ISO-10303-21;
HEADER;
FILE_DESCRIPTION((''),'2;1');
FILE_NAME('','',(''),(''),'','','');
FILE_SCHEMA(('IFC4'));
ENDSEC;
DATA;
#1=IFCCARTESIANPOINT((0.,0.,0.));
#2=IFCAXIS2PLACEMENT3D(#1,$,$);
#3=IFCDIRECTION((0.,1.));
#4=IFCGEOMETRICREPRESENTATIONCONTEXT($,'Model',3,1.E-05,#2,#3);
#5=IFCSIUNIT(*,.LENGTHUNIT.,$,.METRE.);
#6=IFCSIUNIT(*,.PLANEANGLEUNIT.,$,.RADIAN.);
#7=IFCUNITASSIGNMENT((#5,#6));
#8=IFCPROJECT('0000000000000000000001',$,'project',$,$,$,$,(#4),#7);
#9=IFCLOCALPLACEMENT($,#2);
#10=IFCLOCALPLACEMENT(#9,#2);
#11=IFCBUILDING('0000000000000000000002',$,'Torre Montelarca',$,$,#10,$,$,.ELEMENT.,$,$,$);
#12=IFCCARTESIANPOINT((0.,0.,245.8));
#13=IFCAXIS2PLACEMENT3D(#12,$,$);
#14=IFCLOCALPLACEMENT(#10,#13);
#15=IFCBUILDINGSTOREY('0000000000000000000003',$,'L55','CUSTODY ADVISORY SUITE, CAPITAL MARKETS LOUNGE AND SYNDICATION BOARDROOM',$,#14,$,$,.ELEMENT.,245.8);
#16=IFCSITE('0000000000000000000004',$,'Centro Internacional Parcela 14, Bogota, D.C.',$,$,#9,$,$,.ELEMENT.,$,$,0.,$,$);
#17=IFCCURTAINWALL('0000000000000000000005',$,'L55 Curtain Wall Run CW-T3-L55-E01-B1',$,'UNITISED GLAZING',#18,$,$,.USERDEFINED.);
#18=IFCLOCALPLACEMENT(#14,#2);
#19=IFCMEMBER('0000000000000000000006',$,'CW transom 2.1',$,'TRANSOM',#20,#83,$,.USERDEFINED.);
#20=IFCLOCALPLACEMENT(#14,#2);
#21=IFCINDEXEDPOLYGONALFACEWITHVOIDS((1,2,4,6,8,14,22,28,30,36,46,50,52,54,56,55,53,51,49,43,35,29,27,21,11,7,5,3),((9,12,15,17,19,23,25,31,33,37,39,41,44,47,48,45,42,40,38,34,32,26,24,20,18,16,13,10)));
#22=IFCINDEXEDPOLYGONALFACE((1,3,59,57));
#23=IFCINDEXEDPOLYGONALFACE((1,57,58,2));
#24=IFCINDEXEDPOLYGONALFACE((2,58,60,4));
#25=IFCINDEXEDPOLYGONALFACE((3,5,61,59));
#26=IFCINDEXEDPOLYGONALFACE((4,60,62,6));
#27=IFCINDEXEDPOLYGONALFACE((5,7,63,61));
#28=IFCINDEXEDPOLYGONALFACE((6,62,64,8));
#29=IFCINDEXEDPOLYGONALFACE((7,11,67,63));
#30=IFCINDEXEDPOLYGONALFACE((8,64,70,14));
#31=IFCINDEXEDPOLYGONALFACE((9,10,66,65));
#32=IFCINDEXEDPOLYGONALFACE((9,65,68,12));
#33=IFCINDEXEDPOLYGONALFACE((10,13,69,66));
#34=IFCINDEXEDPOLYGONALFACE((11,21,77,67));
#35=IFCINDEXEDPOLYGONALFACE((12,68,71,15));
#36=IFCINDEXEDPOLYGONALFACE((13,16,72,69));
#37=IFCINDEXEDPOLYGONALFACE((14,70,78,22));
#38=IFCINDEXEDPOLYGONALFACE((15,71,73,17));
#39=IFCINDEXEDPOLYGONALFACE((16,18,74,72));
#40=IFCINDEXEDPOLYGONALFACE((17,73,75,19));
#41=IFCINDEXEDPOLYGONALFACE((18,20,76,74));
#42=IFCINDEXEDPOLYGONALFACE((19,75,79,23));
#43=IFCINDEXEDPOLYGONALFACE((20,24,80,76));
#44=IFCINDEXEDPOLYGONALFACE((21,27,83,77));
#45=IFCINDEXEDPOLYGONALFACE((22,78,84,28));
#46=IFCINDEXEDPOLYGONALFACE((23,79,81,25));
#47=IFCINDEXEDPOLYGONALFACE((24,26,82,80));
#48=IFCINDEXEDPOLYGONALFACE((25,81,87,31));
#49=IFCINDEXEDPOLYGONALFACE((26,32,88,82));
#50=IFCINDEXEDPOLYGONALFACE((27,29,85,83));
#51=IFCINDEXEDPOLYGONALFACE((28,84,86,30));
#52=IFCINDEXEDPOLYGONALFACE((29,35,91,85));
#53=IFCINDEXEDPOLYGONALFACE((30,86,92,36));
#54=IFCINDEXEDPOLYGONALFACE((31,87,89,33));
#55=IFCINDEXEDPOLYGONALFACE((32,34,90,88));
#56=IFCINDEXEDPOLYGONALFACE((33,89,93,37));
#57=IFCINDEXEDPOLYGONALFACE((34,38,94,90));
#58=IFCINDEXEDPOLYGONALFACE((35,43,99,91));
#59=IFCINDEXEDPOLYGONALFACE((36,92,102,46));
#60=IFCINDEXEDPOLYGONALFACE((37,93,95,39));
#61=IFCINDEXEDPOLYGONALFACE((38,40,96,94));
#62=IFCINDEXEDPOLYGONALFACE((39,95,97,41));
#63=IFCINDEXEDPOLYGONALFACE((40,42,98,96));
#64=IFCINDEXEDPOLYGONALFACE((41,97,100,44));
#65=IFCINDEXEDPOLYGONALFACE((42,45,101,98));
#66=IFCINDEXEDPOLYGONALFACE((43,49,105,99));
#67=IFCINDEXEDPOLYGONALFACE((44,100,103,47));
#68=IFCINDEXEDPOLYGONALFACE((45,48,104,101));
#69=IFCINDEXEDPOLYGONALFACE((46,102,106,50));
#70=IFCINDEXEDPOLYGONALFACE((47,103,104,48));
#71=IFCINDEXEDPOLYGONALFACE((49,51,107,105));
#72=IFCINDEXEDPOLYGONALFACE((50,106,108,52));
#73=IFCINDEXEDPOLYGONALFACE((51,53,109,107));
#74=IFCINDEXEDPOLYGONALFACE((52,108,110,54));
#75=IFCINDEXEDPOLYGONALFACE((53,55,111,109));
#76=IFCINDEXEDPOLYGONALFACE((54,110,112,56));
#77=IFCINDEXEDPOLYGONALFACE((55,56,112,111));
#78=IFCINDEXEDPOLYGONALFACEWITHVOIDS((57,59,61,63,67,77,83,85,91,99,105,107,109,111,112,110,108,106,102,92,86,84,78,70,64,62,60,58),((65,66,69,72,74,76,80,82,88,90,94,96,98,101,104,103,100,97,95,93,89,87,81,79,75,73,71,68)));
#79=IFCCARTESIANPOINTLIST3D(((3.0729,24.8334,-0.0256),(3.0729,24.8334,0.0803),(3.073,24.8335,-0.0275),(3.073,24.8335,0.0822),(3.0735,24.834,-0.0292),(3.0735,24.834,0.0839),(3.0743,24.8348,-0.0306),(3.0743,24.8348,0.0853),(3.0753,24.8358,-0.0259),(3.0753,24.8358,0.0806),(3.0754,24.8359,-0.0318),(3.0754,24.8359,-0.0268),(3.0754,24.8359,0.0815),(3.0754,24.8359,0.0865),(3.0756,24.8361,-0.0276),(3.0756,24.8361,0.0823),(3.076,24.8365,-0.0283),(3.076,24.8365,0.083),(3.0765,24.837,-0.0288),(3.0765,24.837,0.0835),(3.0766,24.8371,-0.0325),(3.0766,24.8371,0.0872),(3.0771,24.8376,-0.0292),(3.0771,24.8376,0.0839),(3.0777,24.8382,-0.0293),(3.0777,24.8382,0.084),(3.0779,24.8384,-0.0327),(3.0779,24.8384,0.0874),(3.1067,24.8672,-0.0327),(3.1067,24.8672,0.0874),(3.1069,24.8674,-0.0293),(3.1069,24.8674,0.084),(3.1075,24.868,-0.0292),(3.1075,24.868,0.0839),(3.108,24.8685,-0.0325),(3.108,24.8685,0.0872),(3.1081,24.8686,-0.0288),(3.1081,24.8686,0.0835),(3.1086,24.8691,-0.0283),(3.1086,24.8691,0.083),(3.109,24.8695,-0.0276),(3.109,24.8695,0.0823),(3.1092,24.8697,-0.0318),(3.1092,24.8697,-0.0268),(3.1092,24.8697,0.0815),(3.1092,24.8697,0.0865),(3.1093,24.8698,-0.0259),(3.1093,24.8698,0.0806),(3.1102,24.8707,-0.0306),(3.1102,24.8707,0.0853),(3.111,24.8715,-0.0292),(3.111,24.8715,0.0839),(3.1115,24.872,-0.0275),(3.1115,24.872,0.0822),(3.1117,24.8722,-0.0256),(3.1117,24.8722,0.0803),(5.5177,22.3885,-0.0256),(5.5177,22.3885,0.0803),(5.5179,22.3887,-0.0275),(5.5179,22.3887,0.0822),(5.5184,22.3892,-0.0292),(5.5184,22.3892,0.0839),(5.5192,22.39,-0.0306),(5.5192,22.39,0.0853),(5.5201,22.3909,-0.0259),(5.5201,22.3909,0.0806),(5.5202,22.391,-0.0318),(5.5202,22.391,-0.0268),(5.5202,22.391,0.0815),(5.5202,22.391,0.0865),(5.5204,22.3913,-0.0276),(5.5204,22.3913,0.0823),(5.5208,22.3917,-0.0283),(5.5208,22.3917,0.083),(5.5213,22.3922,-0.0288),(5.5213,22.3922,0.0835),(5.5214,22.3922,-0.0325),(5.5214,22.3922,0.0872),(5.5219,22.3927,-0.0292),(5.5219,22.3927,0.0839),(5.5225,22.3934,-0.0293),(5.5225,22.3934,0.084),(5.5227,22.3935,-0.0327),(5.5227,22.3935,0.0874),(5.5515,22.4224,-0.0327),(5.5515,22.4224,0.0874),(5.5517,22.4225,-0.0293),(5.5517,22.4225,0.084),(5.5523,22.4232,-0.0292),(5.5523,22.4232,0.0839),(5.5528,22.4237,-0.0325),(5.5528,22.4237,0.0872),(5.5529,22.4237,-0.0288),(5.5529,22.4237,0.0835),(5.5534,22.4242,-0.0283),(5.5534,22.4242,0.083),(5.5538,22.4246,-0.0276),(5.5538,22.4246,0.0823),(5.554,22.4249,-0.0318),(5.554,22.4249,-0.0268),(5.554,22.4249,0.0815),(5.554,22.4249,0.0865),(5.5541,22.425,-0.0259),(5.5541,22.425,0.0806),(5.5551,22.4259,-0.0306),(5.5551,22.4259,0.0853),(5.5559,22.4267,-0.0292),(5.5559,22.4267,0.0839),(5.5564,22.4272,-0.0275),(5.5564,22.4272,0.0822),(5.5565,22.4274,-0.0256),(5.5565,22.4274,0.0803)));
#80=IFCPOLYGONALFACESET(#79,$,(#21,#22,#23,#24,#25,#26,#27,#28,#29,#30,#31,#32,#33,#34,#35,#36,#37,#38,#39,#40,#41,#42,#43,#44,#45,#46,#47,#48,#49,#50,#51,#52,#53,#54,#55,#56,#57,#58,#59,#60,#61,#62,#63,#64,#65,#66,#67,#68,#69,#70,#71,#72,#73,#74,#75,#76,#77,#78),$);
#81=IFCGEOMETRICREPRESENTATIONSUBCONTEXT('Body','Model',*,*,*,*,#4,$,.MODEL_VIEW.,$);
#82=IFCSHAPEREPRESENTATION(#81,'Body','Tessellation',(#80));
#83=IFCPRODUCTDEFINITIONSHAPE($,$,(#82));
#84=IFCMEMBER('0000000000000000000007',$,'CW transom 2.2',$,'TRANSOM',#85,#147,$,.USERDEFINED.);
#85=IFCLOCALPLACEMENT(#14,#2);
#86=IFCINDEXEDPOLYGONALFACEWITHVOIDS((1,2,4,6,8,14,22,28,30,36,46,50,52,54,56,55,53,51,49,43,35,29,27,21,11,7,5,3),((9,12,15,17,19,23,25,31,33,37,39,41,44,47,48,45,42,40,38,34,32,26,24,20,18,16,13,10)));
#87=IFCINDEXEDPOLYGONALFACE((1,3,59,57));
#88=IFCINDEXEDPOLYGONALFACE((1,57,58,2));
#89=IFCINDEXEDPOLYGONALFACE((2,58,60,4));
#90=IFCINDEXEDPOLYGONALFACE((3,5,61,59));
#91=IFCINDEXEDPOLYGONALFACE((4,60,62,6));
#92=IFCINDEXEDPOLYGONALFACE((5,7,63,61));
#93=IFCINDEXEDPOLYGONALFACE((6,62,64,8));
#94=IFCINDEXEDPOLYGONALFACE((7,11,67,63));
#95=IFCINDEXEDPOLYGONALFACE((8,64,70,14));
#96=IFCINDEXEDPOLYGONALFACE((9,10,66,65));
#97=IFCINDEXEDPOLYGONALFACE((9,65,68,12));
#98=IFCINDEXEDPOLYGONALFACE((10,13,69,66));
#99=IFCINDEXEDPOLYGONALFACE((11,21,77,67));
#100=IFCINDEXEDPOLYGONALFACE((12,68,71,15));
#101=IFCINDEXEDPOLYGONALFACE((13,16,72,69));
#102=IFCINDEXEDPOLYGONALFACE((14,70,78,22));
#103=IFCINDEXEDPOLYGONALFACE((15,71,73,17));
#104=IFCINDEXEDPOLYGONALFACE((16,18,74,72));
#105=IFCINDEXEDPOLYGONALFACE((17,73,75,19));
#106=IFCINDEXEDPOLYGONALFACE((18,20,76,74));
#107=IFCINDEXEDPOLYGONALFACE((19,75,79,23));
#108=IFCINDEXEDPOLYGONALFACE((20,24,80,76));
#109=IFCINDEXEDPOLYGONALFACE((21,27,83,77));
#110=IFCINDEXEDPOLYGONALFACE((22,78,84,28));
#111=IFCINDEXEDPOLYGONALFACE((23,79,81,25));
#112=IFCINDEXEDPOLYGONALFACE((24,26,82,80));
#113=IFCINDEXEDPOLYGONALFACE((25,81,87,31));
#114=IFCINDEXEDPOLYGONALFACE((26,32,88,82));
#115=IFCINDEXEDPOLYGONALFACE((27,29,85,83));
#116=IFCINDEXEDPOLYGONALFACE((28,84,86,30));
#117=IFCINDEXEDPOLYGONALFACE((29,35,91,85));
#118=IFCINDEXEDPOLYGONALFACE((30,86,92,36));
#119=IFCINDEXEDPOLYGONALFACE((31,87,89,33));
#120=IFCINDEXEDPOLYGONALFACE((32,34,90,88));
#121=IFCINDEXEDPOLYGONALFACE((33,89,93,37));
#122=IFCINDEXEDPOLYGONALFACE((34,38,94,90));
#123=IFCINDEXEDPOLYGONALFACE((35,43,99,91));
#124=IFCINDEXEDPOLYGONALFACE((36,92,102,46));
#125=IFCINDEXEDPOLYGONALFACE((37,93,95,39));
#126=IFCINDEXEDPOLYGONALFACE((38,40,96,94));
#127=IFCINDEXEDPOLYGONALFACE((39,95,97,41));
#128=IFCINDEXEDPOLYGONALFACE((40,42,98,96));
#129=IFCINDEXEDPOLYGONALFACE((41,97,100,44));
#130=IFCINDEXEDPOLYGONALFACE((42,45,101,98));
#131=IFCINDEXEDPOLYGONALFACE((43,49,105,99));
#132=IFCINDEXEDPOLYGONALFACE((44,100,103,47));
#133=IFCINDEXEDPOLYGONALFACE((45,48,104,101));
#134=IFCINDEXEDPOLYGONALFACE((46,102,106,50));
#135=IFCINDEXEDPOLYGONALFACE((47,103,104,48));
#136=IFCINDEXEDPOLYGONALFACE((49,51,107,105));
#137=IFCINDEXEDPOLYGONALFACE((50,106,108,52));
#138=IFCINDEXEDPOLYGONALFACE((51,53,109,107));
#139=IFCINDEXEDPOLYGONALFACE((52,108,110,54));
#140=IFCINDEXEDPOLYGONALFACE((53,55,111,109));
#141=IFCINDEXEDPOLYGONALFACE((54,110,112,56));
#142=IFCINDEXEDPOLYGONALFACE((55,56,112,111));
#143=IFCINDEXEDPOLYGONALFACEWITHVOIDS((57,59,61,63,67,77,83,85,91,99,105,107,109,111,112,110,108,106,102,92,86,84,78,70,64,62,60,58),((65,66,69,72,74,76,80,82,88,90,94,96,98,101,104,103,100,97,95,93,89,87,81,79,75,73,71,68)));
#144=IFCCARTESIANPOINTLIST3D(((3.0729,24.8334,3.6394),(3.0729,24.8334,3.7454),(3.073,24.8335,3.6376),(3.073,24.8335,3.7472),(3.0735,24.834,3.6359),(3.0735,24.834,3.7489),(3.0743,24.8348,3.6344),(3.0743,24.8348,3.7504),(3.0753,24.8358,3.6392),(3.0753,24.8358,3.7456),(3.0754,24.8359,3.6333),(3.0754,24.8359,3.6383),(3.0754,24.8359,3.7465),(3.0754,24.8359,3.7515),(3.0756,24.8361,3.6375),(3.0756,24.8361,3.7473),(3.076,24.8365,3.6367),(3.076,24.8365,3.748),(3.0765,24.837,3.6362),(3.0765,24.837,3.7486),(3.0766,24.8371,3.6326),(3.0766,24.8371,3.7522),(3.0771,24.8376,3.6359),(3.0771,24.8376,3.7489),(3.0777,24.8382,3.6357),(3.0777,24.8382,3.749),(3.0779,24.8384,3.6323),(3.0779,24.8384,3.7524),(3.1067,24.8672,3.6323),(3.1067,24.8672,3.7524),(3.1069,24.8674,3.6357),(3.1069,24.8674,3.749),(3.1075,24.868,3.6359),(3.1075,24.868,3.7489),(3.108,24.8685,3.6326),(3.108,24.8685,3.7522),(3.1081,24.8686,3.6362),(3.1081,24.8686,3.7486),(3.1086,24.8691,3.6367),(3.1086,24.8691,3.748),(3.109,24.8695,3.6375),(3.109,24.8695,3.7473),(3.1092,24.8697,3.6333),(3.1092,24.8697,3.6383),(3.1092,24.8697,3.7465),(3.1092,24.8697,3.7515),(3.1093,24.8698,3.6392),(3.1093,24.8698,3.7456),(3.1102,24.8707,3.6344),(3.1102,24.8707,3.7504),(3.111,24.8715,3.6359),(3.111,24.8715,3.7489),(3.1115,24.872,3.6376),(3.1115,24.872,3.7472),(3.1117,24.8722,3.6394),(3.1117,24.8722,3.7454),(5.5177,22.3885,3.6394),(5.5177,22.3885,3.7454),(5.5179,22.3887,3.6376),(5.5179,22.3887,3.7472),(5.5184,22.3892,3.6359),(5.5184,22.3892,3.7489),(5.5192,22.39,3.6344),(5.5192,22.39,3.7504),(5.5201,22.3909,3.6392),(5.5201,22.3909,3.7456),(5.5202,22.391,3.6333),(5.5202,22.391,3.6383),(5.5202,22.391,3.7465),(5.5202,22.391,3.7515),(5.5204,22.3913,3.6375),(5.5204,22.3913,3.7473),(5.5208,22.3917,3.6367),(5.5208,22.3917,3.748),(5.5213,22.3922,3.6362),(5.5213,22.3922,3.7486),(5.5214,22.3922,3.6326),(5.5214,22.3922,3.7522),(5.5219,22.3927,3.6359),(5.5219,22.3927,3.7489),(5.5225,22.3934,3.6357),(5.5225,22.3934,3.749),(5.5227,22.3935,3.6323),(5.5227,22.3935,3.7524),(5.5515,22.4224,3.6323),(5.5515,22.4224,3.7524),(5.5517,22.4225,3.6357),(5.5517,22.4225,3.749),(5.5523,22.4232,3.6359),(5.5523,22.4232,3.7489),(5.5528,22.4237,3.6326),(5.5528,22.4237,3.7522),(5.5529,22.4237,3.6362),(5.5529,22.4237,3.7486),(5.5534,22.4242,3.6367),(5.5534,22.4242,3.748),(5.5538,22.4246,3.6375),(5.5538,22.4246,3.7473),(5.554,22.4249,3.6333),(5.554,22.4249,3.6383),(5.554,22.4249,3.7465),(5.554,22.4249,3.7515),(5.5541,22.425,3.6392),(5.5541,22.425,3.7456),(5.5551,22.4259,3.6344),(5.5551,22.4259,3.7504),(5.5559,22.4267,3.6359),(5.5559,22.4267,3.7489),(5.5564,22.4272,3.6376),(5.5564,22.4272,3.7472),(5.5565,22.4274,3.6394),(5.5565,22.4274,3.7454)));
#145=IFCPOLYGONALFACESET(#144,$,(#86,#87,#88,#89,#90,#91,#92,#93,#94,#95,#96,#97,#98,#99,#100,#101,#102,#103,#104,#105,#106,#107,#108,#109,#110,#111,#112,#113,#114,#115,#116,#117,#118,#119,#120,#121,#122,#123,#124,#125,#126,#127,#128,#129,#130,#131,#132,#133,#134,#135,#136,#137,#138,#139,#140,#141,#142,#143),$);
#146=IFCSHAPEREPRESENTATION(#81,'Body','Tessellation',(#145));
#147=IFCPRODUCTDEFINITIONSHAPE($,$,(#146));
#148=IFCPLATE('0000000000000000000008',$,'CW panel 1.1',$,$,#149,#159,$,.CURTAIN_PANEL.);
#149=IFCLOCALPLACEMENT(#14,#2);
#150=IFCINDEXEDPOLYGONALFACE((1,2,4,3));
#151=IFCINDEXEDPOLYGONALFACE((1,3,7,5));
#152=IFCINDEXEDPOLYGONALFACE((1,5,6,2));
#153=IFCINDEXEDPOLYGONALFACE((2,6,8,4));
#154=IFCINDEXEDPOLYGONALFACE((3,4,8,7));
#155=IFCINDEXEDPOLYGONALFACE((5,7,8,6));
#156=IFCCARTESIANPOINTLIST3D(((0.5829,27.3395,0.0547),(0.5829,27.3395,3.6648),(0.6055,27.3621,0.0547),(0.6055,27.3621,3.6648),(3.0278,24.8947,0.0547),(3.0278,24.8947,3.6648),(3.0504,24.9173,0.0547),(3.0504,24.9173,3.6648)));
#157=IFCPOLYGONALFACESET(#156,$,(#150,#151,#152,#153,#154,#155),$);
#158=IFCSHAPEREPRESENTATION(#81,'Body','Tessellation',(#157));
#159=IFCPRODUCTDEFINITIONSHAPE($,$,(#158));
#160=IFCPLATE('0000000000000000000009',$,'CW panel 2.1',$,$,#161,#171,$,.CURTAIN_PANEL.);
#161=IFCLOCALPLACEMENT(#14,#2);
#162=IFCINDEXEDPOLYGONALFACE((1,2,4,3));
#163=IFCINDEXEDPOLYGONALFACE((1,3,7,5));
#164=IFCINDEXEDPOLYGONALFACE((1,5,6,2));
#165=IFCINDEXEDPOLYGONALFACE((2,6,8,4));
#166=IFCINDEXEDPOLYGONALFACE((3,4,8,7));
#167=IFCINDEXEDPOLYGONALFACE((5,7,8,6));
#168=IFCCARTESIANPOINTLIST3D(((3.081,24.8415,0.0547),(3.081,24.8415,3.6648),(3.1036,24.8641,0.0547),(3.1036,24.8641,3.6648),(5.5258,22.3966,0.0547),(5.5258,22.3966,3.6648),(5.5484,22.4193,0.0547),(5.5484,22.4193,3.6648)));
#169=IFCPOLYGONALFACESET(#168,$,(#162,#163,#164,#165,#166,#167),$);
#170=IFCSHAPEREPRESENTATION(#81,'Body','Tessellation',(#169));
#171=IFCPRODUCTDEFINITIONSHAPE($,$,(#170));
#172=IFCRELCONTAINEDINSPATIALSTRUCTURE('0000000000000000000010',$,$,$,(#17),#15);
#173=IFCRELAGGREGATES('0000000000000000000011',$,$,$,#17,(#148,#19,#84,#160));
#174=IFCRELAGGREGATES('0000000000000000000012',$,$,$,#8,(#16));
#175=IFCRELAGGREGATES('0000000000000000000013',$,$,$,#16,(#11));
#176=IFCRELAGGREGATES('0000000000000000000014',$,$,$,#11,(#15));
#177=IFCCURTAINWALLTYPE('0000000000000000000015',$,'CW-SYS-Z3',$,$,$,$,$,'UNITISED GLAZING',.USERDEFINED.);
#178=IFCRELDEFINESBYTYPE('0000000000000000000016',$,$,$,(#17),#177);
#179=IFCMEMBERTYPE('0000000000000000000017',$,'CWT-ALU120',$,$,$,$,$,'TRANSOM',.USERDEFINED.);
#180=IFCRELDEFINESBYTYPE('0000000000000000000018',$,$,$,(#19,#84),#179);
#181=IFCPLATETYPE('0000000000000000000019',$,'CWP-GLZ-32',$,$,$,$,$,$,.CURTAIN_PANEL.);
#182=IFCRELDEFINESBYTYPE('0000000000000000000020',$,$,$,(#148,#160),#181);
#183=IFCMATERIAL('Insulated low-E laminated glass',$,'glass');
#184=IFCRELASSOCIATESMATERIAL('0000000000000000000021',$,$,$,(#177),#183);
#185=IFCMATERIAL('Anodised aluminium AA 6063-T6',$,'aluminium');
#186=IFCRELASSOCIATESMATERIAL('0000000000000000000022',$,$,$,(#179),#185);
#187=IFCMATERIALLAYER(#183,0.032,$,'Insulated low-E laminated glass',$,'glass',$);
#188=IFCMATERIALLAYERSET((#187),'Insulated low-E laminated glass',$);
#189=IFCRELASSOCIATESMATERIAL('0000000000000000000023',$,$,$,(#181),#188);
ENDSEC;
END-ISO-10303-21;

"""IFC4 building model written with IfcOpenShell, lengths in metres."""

from ifc_helpers import new_model, si_unit, direction, frame, origin, origin_2d, place, context, subcontext, project, spatial, rectangle, hollow_rectangle, extrude, source, transform, mapped, material, layer, layer_set, material_profile, profile_set, type_object, element, aggregate, save


model = new_model("IFC4")

# Units and contexts
model_context = context("Model", 3, precision=1e-05, world=origin(), true_north=direction((0.0, 1.0)))
body_context = subcontext(model_context, "Body", "Model", "MODEL_VIEW")
ifc_project = project(units=[si_unit("LENGTHUNIT", "METRE"), si_unit("PLANEANGLEUNIT", "RADIAN")], contexts=[model_context])

# Site, building, storey
site_placement = place(None, origin())
site = spatial("IfcSite", under=ifc_project, at=site_placement, Name="Centro Internacional Parcela 14, Bogota, D.C.", CompositionType="ELEMENT", RefElevation=0.0)
building_placement = place(site_placement, origin())
building = spatial("IfcBuilding", under=site, at=building_placement, Name="Torre Montelarca", CompositionType="ELEMENT")
storey_placement = place(building_placement, frame((0.0, 0.0, 245.8)))
storey = spatial("IfcBuildingStorey", under=building, at=storey_placement, Name="L55", Description="CUSTODY ADVISORY SUITE, CAPITAL MARKETS LOUNGE AND SYNDICATION BOARDROOM", CompositionType="ELEMENT", Elevation=245.8)

# Curtain wall
ifc_material_1 = material(Name="Insulated low-E laminated glass", Category="glass")
curtain_wall_type = type_object("IfcCurtainWallType", Name="CW-SYS-Z3", ElementType="UNITISED GLAZING", PredefinedType="USERDEFINED", material=ifc_material_1)
curtain_wall_1_placement = place(storey_placement, origin())
curtain_wall_1 = element("IfcCurtainWall", 1, at=curtain_wall_1_placement, inside=storey, type_object=curtain_wall_type, Name="L55 Curtain Wall Run CW-T3-L55-E01-B1", ObjectType="UNITISED GLAZING", PredefinedType="USERDEFINED")
ifc_material_2 = material(Name="Anodised aluminium AA 6063-T6", Category="aluminium")

# Members
ifc_material_profile_1 = material_profile(ifc_material_2, hollow_rectangle(XDim=0.0549, YDim=0.1201, WallThickness=0.0034, InnerFilletRadius=0.0034, OuterFilletRadius=0.0071, at=origin_2d()), Name="ALU55X120X3.5", Category="aluminium")
ifc_profile_set_1 = profile_set([ifc_material_profile_1], Name="Anodised aluminium AA 6063-T6")
member_type_1 = type_object("IfcMemberType", Name="CWT-ALU120", ElementType="TRANSOM", PredefinedType="USERDEFINED", material=ifc_profile_set_1)
shared_shape_1 = source(origin(), body_context, "Body", "SweptSolid", [
    extrude(hollow_rectangle(XDim=0.0549, YDim=0.1201, WallThickness=0.0034, InnerFilletRadius=0.0034, OuterFilletRadius=0.0071, at=origin_2d()), origin(), (0.0, 0.0, 1.0), 3.4575),
])
member_1_placement = place(storey_placement, frame((3.0923, 24.8528, 0.0273), z_axis=(0.707107, -0.707107, 0.0), x_axis=(0.707107, 0.707107, 0.0)))
member_1 = element("IfcMember", 2, at=member_1_placement, type_object=member_type_1, Name="CW transom 2.1", ObjectType="TRANSOM", PredefinedType="USERDEFINED", context=body_context, shape_type="MappedRepresentation", body=[
    mapped(shared_shape_1, transform((0.0, 0.0, 0.0), scale=1.0)),
])
member_2_placement = place(storey_placement, frame((3.0923, 24.8528, 3.6924), z_axis=(0.707107, -0.707107, 0.0), x_axis=(0.707107, 0.707107, 0.0)))
member_2 = element("IfcMember", 3, at=member_2_placement, type_object=member_type_1, Name="CW transom 2.2", ObjectType="TRANSOM", PredefinedType="USERDEFINED", context=body_context, shape_type="MappedRepresentation", body=[
    mapped(shared_shape_1, transform((0.0, 0.0, 0.0), scale=1.0)),
])

# Plates
ifc_layer_1 = layer(ifc_material_1, 0.032, Name="Insulated low-E laminated glass", Category="glass")
ifc_layer_set_1 = layer_set([ifc_layer_1], Name="Insulated low-E laminated glass")
plate_type = type_object("IfcPlateType", Name="CWP-GLZ-32", PredefinedType="CURTAIN_PANEL", material=ifc_layer_set_1)
shared_shape_2 = source(origin(), body_context, "Body", "SweptSolid", [
    extrude(rectangle(XDim=3.4575, YDim=0.032, at=origin_2d()), origin(), (0.0, 0.0, 1.0), 3.6101),
])
plate_1_placement = place(storey_placement, frame((1.8167, 26.1284, 0.0547), z_axis=(0.0, 0.0, 1.0), x_axis=(0.707107, -0.707107, 0.0)))
plate_1 = element("IfcPlate", 4, at=plate_1_placement, type_object=plate_type, Name="CW panel 1.1", PredefinedType="CURTAIN_PANEL", context=body_context, shape_type="MappedRepresentation", body=[
    mapped(shared_shape_2, transform((0.0, 0.0, 0.0), scale=1.0)),
])
plate_2_placement = place(storey_placement, frame((4.3147, 23.6304, 0.0547), z_axis=(0.0, 0.0, 1.0), x_axis=(0.707107, -0.707107, 0.0)))
plate_2 = element("IfcPlate", 5, at=plate_2_placement, type_object=plate_type, Name="CW panel 2.1", PredefinedType="CURTAIN_PANEL", context=body_context, shape_type="MappedRepresentation", body=[
    mapped(shared_shape_2, transform((0.0, 0.0, 0.0), scale=1.0)),
])
aggregate(curtain_wall_1, [plate_1, member_1, member_2, plate_2])

save(model, "model.ifc")
